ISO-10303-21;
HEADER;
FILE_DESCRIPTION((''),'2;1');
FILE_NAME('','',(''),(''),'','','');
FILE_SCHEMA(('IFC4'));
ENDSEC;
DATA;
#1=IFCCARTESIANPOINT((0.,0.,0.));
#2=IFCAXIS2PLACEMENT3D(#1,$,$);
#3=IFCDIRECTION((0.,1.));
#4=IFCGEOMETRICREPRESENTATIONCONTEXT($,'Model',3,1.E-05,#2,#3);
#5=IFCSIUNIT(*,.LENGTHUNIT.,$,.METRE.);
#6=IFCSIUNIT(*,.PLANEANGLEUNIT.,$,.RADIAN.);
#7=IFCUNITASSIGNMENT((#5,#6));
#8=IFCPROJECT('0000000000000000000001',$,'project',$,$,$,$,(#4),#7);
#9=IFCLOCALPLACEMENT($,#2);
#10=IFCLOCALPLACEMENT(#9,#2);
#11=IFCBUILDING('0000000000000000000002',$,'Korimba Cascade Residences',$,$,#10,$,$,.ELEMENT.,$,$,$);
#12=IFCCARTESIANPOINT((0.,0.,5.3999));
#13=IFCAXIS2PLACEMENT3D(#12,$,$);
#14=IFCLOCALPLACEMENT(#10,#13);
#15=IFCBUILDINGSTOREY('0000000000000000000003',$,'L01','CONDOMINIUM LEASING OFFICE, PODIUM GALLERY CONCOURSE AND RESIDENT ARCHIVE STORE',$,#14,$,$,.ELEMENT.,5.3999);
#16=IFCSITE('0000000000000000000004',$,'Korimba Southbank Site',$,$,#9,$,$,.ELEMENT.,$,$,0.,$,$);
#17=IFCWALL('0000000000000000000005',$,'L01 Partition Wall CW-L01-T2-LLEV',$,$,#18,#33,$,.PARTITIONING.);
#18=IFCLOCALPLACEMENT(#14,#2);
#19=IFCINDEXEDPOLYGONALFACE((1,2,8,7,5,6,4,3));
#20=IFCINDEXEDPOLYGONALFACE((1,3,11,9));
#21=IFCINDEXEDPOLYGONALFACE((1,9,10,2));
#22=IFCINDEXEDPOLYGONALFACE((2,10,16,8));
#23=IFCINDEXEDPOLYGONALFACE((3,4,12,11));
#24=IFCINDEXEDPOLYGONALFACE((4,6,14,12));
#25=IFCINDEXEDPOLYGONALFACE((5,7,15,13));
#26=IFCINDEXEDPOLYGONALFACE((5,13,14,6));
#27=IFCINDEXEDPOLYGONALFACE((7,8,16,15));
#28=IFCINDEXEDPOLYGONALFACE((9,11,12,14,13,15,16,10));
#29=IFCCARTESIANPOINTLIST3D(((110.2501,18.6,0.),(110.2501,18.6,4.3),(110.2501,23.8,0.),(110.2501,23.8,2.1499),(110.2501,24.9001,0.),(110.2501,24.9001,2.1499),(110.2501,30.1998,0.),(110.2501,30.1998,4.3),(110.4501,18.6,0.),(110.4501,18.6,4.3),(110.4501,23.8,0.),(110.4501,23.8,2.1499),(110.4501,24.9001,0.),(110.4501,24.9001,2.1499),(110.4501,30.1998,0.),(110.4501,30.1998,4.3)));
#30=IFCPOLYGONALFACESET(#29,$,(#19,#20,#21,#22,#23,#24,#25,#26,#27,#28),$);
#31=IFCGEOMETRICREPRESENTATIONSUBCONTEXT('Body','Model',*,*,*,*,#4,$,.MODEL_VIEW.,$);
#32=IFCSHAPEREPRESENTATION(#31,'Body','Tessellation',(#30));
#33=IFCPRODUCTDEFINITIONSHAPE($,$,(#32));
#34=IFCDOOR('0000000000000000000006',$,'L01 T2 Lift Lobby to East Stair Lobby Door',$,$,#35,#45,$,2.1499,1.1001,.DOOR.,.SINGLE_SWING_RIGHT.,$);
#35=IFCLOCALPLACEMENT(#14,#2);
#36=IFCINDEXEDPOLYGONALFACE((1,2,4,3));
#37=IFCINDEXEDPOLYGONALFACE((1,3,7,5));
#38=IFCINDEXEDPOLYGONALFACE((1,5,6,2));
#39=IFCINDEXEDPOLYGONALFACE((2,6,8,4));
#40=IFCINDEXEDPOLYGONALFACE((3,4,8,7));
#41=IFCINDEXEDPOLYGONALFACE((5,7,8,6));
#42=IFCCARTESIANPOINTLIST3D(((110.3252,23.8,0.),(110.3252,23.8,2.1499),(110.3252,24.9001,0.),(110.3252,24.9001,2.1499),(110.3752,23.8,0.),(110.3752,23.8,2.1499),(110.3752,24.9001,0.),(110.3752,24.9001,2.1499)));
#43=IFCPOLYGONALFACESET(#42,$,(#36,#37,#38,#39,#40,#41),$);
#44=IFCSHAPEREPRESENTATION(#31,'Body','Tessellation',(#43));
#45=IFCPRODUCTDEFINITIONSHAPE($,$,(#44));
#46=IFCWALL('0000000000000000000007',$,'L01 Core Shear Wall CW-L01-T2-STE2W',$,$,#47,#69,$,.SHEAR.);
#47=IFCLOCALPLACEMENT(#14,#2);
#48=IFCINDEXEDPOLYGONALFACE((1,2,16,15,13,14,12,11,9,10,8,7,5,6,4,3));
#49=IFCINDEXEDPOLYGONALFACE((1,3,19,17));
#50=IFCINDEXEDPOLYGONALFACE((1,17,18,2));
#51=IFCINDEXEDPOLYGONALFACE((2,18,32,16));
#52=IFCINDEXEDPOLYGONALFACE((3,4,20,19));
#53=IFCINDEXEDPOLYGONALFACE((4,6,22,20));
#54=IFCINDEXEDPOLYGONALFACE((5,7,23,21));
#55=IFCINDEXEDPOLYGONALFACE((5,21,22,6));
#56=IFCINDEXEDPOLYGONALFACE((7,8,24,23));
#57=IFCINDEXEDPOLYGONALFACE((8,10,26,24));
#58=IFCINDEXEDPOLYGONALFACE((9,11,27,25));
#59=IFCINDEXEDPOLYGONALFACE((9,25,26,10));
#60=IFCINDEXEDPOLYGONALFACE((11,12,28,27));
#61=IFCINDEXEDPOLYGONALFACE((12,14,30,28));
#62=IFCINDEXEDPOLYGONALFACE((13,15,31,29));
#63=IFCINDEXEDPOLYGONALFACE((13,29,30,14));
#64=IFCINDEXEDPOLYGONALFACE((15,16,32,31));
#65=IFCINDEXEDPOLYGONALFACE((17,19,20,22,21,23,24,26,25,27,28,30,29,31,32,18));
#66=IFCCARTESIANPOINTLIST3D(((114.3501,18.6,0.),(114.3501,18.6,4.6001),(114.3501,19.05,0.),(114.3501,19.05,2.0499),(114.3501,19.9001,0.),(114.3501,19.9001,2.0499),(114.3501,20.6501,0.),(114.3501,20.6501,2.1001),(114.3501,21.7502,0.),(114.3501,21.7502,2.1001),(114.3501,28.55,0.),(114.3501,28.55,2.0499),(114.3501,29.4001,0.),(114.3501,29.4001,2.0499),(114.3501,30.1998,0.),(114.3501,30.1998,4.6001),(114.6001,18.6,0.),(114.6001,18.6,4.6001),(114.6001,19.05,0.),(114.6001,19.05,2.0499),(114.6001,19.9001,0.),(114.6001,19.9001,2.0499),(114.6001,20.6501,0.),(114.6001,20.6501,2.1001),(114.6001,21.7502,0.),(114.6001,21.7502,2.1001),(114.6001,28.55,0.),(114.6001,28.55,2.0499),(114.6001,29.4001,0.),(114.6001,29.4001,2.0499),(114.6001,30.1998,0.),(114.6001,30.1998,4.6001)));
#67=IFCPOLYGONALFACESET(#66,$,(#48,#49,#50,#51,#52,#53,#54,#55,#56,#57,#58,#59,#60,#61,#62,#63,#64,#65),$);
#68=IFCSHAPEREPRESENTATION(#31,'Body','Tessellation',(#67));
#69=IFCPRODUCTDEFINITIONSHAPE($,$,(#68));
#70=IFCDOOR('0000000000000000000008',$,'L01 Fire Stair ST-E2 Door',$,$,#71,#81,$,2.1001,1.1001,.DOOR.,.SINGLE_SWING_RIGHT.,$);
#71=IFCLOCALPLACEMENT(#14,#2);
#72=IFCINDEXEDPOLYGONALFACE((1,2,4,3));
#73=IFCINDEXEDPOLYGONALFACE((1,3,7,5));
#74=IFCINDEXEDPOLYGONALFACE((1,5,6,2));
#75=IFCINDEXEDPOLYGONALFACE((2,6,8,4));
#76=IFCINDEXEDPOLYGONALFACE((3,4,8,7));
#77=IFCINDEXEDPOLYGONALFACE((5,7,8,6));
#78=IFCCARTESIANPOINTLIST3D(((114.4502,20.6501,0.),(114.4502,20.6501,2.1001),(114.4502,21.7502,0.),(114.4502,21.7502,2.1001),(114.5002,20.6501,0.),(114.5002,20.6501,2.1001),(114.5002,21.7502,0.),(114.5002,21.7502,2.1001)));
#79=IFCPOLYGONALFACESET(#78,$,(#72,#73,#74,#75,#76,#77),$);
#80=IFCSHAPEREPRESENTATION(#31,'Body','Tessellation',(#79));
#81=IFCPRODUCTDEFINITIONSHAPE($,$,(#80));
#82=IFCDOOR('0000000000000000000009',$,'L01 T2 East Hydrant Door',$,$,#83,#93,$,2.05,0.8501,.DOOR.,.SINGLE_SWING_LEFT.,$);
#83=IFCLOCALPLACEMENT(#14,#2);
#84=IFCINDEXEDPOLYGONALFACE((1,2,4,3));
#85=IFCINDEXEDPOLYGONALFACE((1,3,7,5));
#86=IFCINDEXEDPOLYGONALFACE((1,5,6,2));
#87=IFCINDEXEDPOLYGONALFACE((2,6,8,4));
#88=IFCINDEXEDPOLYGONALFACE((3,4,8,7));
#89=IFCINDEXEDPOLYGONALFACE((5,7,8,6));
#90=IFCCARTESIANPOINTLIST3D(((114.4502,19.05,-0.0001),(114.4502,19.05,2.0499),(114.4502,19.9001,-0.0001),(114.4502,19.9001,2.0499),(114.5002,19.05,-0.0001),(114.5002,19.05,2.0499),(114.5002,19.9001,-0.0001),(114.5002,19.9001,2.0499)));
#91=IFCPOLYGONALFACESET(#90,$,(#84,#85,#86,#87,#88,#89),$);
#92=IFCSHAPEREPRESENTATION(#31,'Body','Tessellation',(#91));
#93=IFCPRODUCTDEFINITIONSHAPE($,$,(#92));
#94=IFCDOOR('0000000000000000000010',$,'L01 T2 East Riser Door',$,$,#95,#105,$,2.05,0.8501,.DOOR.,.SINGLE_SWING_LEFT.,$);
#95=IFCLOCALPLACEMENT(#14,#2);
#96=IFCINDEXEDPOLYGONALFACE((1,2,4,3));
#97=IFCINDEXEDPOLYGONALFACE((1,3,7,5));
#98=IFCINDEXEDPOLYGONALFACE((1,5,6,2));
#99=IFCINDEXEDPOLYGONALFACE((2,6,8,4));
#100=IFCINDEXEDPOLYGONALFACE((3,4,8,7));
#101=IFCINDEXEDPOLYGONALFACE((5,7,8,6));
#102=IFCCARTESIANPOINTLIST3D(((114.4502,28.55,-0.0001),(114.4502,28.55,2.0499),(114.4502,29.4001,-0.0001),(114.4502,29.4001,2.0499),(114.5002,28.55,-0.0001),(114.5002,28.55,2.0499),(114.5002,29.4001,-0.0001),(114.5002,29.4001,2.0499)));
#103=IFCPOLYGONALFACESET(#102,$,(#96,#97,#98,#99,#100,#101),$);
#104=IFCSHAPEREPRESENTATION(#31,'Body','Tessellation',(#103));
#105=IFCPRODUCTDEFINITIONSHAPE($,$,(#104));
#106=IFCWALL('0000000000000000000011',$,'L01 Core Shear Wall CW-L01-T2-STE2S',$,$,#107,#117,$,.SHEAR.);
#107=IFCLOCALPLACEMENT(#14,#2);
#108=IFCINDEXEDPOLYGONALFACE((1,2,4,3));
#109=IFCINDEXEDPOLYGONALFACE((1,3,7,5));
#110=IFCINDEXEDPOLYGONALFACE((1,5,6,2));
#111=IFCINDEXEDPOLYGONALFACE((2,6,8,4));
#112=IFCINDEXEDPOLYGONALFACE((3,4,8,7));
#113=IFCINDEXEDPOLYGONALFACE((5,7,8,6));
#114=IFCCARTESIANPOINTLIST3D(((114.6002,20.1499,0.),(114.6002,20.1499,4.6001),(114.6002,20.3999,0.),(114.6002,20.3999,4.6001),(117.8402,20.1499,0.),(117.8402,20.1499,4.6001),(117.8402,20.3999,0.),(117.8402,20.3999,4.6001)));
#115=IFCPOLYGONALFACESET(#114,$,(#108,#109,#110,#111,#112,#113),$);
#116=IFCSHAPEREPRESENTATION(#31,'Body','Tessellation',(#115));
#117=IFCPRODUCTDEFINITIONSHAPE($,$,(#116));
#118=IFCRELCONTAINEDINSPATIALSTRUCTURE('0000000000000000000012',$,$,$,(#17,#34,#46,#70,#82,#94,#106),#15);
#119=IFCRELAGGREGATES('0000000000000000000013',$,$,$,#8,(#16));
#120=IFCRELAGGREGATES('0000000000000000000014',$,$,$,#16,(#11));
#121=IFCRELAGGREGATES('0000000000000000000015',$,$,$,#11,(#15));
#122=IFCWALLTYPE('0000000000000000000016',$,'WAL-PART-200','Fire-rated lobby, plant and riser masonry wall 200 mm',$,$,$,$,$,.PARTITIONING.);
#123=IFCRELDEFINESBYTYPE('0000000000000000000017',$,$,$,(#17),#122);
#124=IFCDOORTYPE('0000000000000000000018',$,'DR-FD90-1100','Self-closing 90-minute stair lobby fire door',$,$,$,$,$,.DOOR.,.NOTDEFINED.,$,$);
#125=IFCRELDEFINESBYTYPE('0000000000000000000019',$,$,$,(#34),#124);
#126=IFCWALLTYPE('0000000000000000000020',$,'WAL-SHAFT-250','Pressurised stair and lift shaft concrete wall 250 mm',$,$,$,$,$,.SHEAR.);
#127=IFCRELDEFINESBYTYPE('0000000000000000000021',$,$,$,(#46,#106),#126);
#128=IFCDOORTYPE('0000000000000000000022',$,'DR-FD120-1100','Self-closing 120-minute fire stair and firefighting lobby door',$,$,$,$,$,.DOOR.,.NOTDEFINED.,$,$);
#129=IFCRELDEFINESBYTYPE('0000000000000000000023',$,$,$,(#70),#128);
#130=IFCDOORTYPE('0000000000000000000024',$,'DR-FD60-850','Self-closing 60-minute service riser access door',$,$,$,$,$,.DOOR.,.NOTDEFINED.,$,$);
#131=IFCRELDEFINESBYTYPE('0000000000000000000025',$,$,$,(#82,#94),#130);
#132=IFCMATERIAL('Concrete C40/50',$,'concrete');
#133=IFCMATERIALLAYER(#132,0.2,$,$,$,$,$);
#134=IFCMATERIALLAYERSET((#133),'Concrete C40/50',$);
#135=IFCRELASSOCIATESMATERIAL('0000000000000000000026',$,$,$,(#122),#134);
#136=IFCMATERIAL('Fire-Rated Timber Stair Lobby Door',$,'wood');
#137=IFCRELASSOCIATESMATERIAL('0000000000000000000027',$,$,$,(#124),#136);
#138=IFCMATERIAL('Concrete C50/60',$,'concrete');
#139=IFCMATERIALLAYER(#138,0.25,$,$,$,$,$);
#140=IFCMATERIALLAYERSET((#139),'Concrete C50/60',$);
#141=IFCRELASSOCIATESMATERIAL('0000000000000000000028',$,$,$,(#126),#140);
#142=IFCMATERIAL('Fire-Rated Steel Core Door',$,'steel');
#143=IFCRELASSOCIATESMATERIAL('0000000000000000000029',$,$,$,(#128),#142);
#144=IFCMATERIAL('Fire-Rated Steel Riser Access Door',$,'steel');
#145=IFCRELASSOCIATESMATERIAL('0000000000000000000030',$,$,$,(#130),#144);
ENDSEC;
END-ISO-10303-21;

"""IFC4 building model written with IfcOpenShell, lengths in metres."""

from ifc_helpers import new_model, si_unit, direction, frame, frame_2d, origin, place, context, subcontext, project, spatial, rectangle, extrude, material, layer, layer_set, type_object, element, fill, save


model = new_model("IFC4")

# Units and contexts
model_context = context("Model", 3, precision=1e-05, world=origin(), true_north=direction((0.0, 1.0)))
body_context = subcontext(model_context, "Body", "Model", "MODEL_VIEW")
ifc_project = project(units=[si_unit("LENGTHUNIT", "METRE"), si_unit("PLANEANGLEUNIT", "RADIAN")], contexts=[model_context])

# Site, building, storey
site_placement = place(None, origin())
site = spatial("IfcSite", under=ifc_project, at=site_placement, Name="Korimba Southbank Site", CompositionType="ELEMENT", RefElevation=0.0)
building_placement = place(site_placement, origin())
building = spatial("IfcBuilding", under=site, at=building_placement, Name="Korimba Cascade Residences", CompositionType="ELEMENT")
storey_placement = place(building_placement, frame((0.0, 0.0, 5.3999)))
storey = spatial("IfcBuildingStorey", under=building, at=storey_placement, Name="L01", Description="CONDOMINIUM LEASING OFFICE, PODIUM GALLERY CONCOURSE AND RESIDENT ARCHIVE STORE", CompositionType="ELEMENT", Elevation=5.3999)

# Shared definitions
ifc_material_1 = material(Name="Concrete C50/60", Category="concrete")

# Wall, opening, door
ifc_material_2 = material(Name="Concrete C40/50", Category="concrete")
ifc_layer_1 = layer(ifc_material_2, 0.2)
ifc_layer_set_1 = layer_set([ifc_layer_1], Name="Concrete C40/50")
wall_type_1 = type_object("IfcWallType", Name="WAL-PART-200", Description="Fire-rated lobby, plant and riser masonry wall 200 mm", PredefinedType="PARTITIONING", material=ifc_layer_set_1)
wall_1_placement = place(storey_placement, frame((110.3501, 18.6001, 0.0), z_axis=(0.0, 0.0, 1.0), x_axis=(0.0, 1.0, 0.0)))
wall_1 = element("IfcWall", 1, at=wall_1_placement, inside=storey, type_object=wall_type_1, Name="L01 Partition Wall CW-L01-T2-LLEV", PredefinedType="PARTITIONING", context=body_context, shape_type="SweptSolid", body=[
    extrude(rectangle(XDim=11.5999, YDim=0.2, at=frame_2d((5.7998, 0.0))), origin(), (0.0, 0.0, 1.0), 4.3),
])
opening_1_placement = place(wall_1_placement, frame((5.2, 0.0, 0.0)))
opening_1 = element("IfcOpeningElement", 2, at=opening_1_placement, cuts=wall_1, PredefinedType="OPENING", context=body_context, shape_type="SweptSolid", body=[
    extrude(rectangle(XDim=1.1001, YDim=2.1499, at=frame_2d((0.55, 1.075))), frame((0.0, 0.1099, 0.0), z_axis=(0.0, -1.0, 0.0), x_axis=(1.0, 0.0, 0.0)), (0.0, 0.0, 1.0), 0.22),
])
ifc_material_3 = material(Name="Fire-Rated Timber Stair Lobby Door", Category="wood")
door_type_1 = type_object("IfcDoorType", Name="DR-FD90-1100", Description="Self-closing 90-minute stair lobby fire door", OperationType="NOTDEFINED", PredefinedType="DOOR", material=ifc_material_3)
door_1_placement = place(opening_1_placement, origin())
door_1 = element("IfcDoor", 3, at=door_1_placement, inside=storey, type_object=door_type_1, Name="L01 T2 Lift Lobby to East Stair Lobby Door", OperationType="SINGLE_SWING_RIGHT", OverallHeight=2.1499, OverallWidth=1.1001, PredefinedType="DOOR", context=body_context, shape_type="SweptSolid", body=[
    extrude(rectangle(XDim=1.1001, YDim=2.1499, at=frame_2d((0.55, 1.075))), frame((0.0, 0.0249, 0.0), z_axis=(0.0, -1.0, 0.0), x_axis=(1.0, 0.0, 0.0)), (0.0, 0.0, 1.0), 0.05),
])
fill(opening_1, door_1)

# Wall, openings, doors
ifc_layer_2 = layer(ifc_material_1, 0.25)
ifc_layer_set_2 = layer_set([ifc_layer_2], Name="Concrete C50/60")
wall_type_2 = type_object("IfcWallType", Name="WAL-SHAFT-250", Description="Pressurised stair and lift shaft concrete wall 250 mm", PredefinedType="SHEAR", material=ifc_layer_set_2)
wall_2_placement = place(storey_placement, frame((114.4751, 18.6001, 0.0), z_axis=(0.0, 0.0, 1.0), x_axis=(0.0, 1.0, 0.0)))
wall_2 = element("IfcWall", 4, at=wall_2_placement, inside=storey, type_object=wall_type_2, Name="L01 Core Shear Wall CW-L01-T2-STE2W", PredefinedType="SHEAR", context=body_context, shape_type="SweptSolid", body=[
    extrude(rectangle(XDim=11.5999, YDim=0.25, at=frame_2d((5.7998, 0.0))), origin(), (0.0, 0.0, 1.0), 4.6001),
])
opening_2_placement = place(wall_2_placement, frame((0.45, 0.0, 0.0)))
opening_2 = element("IfcOpeningElement", 5, at=opening_2_placement, cuts=wall_2, PredefinedType="OPENING", context=body_context, shape_type="SweptSolid", body=[
    extrude(rectangle(XDim=0.8501, YDim=2.05, at=frame_2d((0.425, 1.0249))), frame((0.0, 0.135, 0.0), z_axis=(0.0, -1.0, 0.0), x_axis=(1.0, 0.0, 0.0)), (0.0, 0.0, 1.0), 0.27),
])
opening_3_placement = place(wall_2_placement, frame((2.05, 0.0, 0.0)))
opening_3 = element("IfcOpeningElement", 6, at=opening_3_placement, cuts=wall_2, PredefinedType="OPENING", context=body_context, shape_type="SweptSolid", body=[
    extrude(rectangle(XDim=1.1001, YDim=2.1001, at=frame_2d((0.55, 1.05))), frame((0.0, 0.135, 0.0), z_axis=(0.0, -1.0, 0.0), x_axis=(1.0, 0.0, 0.0)), (0.0, 0.0, 1.0), 0.27),
])
opening_4_placement = place(wall_2_placement, frame((9.95, 0.0, 0.0)))
opening_4 = element("IfcOpeningElement", 7, at=opening_4_placement, cuts=wall_2, PredefinedType="OPENING", context=body_context, shape_type="SweptSolid", body=[
    extrude(rectangle(XDim=0.8501, YDim=2.05, at=frame_2d((0.425, 1.0249))), frame((0.0, 0.135, 0.0), z_axis=(0.0, -1.0, 0.0), x_axis=(1.0, 0.0, 0.0)), (0.0, 0.0, 1.0), 0.27),
])
ifc_material_4 = material(Name="Fire-Rated Steel Core Door", Category="steel")
door_type_2 = type_object("IfcDoorType", Name="DR-FD120-1100", Description="Self-closing 120-minute fire stair and firefighting lobby door", OperationType="NOTDEFINED", PredefinedType="DOOR", material=ifc_material_4)
door_2_placement = place(opening_3_placement, origin())
door_2 = element("IfcDoor", 8, at=door_2_placement, inside=storey, type_object=door_type_2, Name="L01 Fire Stair ST-E2 Door", OperationType="SINGLE_SWING_RIGHT", OverallHeight=2.1001, OverallWidth=1.1001, PredefinedType="DOOR", context=body_context, shape_type="SweptSolid", body=[
    extrude(rectangle(XDim=1.1001, YDim=2.1001, at=frame_2d((0.55, 1.05))), frame((0.0, 0.0249, 0.0), z_axis=(0.0, -1.0, 0.0), x_axis=(1.0, 0.0, 0.0)), (0.0, 0.0, 1.0), 0.05),
])
fill(opening_3, door_2)
ifc_material_5 = material(Name="Fire-Rated Steel Riser Access Door", Category="steel")
door_type_3 = type_object("IfcDoorType", Name="DR-FD60-850", Description="Self-closing 60-minute service riser access door", OperationType="NOTDEFINED", PredefinedType="DOOR", material=ifc_material_5)
door_3_placement = place(opening_2_placement, origin())
door_3 = element("IfcDoor", 9, at=door_3_placement, inside=storey, type_object=door_type_3, Name="L01 T2 East Hydrant Door", OperationType="SINGLE_SWING_LEFT", OverallHeight=2.05, OverallWidth=0.8501, PredefinedType="DOOR", context=body_context, shape_type="SweptSolid", body=[
    extrude(rectangle(XDim=0.8501, YDim=2.05, at=frame_2d((0.425, 1.0249))), frame((0.0, 0.0249, 0.0), z_axis=(0.0, -1.0, 0.0), x_axis=(1.0, 0.0, 0.0)), (0.0, 0.0, 1.0), 0.05),
])
fill(opening_2, door_3)
door_4_placement = place(opening_4_placement, origin())
door_4 = element("IfcDoor", 10, at=door_4_placement, inside=storey, type_object=door_type_3, Name="L01 T2 East Riser Door", OperationType="SINGLE_SWING_LEFT", OverallHeight=2.05, OverallWidth=0.8501, PredefinedType="DOOR", context=body_context, shape_type="SweptSolid", body=[
    extrude(rectangle(XDim=0.8501, YDim=2.05, at=frame_2d((0.425, 1.0249))), frame((0.0, 0.0249, 0.0), z_axis=(0.0, -1.0, 0.0), x_axis=(1.0, 0.0, 0.0)), (0.0, 0.0, 1.0), 0.05),
])
fill(opening_4, door_4)

# Wall
wall_3_placement = place(storey_placement, frame((114.6001, 20.2749, 0.0), z_axis=(0.0, 0.0, 1.0), x_axis=(1.0, 0.0, 0.0)))
element("IfcWall", 11, at=wall_3_placement, inside=storey, type_object=wall_type_2, Name="L01 Core Shear Wall CW-L01-T2-STE2S", PredefinedType="SHEAR", context=body_context, shape_type="SweptSolid", body=[
    extrude(rectangle(XDim=3.24, YDim=0.25, at=frame_2d((1.6201, 0.0))), origin(), (0.0, 0.0, 1.0), 4.6001),
])

save(model, "model.ifc")
